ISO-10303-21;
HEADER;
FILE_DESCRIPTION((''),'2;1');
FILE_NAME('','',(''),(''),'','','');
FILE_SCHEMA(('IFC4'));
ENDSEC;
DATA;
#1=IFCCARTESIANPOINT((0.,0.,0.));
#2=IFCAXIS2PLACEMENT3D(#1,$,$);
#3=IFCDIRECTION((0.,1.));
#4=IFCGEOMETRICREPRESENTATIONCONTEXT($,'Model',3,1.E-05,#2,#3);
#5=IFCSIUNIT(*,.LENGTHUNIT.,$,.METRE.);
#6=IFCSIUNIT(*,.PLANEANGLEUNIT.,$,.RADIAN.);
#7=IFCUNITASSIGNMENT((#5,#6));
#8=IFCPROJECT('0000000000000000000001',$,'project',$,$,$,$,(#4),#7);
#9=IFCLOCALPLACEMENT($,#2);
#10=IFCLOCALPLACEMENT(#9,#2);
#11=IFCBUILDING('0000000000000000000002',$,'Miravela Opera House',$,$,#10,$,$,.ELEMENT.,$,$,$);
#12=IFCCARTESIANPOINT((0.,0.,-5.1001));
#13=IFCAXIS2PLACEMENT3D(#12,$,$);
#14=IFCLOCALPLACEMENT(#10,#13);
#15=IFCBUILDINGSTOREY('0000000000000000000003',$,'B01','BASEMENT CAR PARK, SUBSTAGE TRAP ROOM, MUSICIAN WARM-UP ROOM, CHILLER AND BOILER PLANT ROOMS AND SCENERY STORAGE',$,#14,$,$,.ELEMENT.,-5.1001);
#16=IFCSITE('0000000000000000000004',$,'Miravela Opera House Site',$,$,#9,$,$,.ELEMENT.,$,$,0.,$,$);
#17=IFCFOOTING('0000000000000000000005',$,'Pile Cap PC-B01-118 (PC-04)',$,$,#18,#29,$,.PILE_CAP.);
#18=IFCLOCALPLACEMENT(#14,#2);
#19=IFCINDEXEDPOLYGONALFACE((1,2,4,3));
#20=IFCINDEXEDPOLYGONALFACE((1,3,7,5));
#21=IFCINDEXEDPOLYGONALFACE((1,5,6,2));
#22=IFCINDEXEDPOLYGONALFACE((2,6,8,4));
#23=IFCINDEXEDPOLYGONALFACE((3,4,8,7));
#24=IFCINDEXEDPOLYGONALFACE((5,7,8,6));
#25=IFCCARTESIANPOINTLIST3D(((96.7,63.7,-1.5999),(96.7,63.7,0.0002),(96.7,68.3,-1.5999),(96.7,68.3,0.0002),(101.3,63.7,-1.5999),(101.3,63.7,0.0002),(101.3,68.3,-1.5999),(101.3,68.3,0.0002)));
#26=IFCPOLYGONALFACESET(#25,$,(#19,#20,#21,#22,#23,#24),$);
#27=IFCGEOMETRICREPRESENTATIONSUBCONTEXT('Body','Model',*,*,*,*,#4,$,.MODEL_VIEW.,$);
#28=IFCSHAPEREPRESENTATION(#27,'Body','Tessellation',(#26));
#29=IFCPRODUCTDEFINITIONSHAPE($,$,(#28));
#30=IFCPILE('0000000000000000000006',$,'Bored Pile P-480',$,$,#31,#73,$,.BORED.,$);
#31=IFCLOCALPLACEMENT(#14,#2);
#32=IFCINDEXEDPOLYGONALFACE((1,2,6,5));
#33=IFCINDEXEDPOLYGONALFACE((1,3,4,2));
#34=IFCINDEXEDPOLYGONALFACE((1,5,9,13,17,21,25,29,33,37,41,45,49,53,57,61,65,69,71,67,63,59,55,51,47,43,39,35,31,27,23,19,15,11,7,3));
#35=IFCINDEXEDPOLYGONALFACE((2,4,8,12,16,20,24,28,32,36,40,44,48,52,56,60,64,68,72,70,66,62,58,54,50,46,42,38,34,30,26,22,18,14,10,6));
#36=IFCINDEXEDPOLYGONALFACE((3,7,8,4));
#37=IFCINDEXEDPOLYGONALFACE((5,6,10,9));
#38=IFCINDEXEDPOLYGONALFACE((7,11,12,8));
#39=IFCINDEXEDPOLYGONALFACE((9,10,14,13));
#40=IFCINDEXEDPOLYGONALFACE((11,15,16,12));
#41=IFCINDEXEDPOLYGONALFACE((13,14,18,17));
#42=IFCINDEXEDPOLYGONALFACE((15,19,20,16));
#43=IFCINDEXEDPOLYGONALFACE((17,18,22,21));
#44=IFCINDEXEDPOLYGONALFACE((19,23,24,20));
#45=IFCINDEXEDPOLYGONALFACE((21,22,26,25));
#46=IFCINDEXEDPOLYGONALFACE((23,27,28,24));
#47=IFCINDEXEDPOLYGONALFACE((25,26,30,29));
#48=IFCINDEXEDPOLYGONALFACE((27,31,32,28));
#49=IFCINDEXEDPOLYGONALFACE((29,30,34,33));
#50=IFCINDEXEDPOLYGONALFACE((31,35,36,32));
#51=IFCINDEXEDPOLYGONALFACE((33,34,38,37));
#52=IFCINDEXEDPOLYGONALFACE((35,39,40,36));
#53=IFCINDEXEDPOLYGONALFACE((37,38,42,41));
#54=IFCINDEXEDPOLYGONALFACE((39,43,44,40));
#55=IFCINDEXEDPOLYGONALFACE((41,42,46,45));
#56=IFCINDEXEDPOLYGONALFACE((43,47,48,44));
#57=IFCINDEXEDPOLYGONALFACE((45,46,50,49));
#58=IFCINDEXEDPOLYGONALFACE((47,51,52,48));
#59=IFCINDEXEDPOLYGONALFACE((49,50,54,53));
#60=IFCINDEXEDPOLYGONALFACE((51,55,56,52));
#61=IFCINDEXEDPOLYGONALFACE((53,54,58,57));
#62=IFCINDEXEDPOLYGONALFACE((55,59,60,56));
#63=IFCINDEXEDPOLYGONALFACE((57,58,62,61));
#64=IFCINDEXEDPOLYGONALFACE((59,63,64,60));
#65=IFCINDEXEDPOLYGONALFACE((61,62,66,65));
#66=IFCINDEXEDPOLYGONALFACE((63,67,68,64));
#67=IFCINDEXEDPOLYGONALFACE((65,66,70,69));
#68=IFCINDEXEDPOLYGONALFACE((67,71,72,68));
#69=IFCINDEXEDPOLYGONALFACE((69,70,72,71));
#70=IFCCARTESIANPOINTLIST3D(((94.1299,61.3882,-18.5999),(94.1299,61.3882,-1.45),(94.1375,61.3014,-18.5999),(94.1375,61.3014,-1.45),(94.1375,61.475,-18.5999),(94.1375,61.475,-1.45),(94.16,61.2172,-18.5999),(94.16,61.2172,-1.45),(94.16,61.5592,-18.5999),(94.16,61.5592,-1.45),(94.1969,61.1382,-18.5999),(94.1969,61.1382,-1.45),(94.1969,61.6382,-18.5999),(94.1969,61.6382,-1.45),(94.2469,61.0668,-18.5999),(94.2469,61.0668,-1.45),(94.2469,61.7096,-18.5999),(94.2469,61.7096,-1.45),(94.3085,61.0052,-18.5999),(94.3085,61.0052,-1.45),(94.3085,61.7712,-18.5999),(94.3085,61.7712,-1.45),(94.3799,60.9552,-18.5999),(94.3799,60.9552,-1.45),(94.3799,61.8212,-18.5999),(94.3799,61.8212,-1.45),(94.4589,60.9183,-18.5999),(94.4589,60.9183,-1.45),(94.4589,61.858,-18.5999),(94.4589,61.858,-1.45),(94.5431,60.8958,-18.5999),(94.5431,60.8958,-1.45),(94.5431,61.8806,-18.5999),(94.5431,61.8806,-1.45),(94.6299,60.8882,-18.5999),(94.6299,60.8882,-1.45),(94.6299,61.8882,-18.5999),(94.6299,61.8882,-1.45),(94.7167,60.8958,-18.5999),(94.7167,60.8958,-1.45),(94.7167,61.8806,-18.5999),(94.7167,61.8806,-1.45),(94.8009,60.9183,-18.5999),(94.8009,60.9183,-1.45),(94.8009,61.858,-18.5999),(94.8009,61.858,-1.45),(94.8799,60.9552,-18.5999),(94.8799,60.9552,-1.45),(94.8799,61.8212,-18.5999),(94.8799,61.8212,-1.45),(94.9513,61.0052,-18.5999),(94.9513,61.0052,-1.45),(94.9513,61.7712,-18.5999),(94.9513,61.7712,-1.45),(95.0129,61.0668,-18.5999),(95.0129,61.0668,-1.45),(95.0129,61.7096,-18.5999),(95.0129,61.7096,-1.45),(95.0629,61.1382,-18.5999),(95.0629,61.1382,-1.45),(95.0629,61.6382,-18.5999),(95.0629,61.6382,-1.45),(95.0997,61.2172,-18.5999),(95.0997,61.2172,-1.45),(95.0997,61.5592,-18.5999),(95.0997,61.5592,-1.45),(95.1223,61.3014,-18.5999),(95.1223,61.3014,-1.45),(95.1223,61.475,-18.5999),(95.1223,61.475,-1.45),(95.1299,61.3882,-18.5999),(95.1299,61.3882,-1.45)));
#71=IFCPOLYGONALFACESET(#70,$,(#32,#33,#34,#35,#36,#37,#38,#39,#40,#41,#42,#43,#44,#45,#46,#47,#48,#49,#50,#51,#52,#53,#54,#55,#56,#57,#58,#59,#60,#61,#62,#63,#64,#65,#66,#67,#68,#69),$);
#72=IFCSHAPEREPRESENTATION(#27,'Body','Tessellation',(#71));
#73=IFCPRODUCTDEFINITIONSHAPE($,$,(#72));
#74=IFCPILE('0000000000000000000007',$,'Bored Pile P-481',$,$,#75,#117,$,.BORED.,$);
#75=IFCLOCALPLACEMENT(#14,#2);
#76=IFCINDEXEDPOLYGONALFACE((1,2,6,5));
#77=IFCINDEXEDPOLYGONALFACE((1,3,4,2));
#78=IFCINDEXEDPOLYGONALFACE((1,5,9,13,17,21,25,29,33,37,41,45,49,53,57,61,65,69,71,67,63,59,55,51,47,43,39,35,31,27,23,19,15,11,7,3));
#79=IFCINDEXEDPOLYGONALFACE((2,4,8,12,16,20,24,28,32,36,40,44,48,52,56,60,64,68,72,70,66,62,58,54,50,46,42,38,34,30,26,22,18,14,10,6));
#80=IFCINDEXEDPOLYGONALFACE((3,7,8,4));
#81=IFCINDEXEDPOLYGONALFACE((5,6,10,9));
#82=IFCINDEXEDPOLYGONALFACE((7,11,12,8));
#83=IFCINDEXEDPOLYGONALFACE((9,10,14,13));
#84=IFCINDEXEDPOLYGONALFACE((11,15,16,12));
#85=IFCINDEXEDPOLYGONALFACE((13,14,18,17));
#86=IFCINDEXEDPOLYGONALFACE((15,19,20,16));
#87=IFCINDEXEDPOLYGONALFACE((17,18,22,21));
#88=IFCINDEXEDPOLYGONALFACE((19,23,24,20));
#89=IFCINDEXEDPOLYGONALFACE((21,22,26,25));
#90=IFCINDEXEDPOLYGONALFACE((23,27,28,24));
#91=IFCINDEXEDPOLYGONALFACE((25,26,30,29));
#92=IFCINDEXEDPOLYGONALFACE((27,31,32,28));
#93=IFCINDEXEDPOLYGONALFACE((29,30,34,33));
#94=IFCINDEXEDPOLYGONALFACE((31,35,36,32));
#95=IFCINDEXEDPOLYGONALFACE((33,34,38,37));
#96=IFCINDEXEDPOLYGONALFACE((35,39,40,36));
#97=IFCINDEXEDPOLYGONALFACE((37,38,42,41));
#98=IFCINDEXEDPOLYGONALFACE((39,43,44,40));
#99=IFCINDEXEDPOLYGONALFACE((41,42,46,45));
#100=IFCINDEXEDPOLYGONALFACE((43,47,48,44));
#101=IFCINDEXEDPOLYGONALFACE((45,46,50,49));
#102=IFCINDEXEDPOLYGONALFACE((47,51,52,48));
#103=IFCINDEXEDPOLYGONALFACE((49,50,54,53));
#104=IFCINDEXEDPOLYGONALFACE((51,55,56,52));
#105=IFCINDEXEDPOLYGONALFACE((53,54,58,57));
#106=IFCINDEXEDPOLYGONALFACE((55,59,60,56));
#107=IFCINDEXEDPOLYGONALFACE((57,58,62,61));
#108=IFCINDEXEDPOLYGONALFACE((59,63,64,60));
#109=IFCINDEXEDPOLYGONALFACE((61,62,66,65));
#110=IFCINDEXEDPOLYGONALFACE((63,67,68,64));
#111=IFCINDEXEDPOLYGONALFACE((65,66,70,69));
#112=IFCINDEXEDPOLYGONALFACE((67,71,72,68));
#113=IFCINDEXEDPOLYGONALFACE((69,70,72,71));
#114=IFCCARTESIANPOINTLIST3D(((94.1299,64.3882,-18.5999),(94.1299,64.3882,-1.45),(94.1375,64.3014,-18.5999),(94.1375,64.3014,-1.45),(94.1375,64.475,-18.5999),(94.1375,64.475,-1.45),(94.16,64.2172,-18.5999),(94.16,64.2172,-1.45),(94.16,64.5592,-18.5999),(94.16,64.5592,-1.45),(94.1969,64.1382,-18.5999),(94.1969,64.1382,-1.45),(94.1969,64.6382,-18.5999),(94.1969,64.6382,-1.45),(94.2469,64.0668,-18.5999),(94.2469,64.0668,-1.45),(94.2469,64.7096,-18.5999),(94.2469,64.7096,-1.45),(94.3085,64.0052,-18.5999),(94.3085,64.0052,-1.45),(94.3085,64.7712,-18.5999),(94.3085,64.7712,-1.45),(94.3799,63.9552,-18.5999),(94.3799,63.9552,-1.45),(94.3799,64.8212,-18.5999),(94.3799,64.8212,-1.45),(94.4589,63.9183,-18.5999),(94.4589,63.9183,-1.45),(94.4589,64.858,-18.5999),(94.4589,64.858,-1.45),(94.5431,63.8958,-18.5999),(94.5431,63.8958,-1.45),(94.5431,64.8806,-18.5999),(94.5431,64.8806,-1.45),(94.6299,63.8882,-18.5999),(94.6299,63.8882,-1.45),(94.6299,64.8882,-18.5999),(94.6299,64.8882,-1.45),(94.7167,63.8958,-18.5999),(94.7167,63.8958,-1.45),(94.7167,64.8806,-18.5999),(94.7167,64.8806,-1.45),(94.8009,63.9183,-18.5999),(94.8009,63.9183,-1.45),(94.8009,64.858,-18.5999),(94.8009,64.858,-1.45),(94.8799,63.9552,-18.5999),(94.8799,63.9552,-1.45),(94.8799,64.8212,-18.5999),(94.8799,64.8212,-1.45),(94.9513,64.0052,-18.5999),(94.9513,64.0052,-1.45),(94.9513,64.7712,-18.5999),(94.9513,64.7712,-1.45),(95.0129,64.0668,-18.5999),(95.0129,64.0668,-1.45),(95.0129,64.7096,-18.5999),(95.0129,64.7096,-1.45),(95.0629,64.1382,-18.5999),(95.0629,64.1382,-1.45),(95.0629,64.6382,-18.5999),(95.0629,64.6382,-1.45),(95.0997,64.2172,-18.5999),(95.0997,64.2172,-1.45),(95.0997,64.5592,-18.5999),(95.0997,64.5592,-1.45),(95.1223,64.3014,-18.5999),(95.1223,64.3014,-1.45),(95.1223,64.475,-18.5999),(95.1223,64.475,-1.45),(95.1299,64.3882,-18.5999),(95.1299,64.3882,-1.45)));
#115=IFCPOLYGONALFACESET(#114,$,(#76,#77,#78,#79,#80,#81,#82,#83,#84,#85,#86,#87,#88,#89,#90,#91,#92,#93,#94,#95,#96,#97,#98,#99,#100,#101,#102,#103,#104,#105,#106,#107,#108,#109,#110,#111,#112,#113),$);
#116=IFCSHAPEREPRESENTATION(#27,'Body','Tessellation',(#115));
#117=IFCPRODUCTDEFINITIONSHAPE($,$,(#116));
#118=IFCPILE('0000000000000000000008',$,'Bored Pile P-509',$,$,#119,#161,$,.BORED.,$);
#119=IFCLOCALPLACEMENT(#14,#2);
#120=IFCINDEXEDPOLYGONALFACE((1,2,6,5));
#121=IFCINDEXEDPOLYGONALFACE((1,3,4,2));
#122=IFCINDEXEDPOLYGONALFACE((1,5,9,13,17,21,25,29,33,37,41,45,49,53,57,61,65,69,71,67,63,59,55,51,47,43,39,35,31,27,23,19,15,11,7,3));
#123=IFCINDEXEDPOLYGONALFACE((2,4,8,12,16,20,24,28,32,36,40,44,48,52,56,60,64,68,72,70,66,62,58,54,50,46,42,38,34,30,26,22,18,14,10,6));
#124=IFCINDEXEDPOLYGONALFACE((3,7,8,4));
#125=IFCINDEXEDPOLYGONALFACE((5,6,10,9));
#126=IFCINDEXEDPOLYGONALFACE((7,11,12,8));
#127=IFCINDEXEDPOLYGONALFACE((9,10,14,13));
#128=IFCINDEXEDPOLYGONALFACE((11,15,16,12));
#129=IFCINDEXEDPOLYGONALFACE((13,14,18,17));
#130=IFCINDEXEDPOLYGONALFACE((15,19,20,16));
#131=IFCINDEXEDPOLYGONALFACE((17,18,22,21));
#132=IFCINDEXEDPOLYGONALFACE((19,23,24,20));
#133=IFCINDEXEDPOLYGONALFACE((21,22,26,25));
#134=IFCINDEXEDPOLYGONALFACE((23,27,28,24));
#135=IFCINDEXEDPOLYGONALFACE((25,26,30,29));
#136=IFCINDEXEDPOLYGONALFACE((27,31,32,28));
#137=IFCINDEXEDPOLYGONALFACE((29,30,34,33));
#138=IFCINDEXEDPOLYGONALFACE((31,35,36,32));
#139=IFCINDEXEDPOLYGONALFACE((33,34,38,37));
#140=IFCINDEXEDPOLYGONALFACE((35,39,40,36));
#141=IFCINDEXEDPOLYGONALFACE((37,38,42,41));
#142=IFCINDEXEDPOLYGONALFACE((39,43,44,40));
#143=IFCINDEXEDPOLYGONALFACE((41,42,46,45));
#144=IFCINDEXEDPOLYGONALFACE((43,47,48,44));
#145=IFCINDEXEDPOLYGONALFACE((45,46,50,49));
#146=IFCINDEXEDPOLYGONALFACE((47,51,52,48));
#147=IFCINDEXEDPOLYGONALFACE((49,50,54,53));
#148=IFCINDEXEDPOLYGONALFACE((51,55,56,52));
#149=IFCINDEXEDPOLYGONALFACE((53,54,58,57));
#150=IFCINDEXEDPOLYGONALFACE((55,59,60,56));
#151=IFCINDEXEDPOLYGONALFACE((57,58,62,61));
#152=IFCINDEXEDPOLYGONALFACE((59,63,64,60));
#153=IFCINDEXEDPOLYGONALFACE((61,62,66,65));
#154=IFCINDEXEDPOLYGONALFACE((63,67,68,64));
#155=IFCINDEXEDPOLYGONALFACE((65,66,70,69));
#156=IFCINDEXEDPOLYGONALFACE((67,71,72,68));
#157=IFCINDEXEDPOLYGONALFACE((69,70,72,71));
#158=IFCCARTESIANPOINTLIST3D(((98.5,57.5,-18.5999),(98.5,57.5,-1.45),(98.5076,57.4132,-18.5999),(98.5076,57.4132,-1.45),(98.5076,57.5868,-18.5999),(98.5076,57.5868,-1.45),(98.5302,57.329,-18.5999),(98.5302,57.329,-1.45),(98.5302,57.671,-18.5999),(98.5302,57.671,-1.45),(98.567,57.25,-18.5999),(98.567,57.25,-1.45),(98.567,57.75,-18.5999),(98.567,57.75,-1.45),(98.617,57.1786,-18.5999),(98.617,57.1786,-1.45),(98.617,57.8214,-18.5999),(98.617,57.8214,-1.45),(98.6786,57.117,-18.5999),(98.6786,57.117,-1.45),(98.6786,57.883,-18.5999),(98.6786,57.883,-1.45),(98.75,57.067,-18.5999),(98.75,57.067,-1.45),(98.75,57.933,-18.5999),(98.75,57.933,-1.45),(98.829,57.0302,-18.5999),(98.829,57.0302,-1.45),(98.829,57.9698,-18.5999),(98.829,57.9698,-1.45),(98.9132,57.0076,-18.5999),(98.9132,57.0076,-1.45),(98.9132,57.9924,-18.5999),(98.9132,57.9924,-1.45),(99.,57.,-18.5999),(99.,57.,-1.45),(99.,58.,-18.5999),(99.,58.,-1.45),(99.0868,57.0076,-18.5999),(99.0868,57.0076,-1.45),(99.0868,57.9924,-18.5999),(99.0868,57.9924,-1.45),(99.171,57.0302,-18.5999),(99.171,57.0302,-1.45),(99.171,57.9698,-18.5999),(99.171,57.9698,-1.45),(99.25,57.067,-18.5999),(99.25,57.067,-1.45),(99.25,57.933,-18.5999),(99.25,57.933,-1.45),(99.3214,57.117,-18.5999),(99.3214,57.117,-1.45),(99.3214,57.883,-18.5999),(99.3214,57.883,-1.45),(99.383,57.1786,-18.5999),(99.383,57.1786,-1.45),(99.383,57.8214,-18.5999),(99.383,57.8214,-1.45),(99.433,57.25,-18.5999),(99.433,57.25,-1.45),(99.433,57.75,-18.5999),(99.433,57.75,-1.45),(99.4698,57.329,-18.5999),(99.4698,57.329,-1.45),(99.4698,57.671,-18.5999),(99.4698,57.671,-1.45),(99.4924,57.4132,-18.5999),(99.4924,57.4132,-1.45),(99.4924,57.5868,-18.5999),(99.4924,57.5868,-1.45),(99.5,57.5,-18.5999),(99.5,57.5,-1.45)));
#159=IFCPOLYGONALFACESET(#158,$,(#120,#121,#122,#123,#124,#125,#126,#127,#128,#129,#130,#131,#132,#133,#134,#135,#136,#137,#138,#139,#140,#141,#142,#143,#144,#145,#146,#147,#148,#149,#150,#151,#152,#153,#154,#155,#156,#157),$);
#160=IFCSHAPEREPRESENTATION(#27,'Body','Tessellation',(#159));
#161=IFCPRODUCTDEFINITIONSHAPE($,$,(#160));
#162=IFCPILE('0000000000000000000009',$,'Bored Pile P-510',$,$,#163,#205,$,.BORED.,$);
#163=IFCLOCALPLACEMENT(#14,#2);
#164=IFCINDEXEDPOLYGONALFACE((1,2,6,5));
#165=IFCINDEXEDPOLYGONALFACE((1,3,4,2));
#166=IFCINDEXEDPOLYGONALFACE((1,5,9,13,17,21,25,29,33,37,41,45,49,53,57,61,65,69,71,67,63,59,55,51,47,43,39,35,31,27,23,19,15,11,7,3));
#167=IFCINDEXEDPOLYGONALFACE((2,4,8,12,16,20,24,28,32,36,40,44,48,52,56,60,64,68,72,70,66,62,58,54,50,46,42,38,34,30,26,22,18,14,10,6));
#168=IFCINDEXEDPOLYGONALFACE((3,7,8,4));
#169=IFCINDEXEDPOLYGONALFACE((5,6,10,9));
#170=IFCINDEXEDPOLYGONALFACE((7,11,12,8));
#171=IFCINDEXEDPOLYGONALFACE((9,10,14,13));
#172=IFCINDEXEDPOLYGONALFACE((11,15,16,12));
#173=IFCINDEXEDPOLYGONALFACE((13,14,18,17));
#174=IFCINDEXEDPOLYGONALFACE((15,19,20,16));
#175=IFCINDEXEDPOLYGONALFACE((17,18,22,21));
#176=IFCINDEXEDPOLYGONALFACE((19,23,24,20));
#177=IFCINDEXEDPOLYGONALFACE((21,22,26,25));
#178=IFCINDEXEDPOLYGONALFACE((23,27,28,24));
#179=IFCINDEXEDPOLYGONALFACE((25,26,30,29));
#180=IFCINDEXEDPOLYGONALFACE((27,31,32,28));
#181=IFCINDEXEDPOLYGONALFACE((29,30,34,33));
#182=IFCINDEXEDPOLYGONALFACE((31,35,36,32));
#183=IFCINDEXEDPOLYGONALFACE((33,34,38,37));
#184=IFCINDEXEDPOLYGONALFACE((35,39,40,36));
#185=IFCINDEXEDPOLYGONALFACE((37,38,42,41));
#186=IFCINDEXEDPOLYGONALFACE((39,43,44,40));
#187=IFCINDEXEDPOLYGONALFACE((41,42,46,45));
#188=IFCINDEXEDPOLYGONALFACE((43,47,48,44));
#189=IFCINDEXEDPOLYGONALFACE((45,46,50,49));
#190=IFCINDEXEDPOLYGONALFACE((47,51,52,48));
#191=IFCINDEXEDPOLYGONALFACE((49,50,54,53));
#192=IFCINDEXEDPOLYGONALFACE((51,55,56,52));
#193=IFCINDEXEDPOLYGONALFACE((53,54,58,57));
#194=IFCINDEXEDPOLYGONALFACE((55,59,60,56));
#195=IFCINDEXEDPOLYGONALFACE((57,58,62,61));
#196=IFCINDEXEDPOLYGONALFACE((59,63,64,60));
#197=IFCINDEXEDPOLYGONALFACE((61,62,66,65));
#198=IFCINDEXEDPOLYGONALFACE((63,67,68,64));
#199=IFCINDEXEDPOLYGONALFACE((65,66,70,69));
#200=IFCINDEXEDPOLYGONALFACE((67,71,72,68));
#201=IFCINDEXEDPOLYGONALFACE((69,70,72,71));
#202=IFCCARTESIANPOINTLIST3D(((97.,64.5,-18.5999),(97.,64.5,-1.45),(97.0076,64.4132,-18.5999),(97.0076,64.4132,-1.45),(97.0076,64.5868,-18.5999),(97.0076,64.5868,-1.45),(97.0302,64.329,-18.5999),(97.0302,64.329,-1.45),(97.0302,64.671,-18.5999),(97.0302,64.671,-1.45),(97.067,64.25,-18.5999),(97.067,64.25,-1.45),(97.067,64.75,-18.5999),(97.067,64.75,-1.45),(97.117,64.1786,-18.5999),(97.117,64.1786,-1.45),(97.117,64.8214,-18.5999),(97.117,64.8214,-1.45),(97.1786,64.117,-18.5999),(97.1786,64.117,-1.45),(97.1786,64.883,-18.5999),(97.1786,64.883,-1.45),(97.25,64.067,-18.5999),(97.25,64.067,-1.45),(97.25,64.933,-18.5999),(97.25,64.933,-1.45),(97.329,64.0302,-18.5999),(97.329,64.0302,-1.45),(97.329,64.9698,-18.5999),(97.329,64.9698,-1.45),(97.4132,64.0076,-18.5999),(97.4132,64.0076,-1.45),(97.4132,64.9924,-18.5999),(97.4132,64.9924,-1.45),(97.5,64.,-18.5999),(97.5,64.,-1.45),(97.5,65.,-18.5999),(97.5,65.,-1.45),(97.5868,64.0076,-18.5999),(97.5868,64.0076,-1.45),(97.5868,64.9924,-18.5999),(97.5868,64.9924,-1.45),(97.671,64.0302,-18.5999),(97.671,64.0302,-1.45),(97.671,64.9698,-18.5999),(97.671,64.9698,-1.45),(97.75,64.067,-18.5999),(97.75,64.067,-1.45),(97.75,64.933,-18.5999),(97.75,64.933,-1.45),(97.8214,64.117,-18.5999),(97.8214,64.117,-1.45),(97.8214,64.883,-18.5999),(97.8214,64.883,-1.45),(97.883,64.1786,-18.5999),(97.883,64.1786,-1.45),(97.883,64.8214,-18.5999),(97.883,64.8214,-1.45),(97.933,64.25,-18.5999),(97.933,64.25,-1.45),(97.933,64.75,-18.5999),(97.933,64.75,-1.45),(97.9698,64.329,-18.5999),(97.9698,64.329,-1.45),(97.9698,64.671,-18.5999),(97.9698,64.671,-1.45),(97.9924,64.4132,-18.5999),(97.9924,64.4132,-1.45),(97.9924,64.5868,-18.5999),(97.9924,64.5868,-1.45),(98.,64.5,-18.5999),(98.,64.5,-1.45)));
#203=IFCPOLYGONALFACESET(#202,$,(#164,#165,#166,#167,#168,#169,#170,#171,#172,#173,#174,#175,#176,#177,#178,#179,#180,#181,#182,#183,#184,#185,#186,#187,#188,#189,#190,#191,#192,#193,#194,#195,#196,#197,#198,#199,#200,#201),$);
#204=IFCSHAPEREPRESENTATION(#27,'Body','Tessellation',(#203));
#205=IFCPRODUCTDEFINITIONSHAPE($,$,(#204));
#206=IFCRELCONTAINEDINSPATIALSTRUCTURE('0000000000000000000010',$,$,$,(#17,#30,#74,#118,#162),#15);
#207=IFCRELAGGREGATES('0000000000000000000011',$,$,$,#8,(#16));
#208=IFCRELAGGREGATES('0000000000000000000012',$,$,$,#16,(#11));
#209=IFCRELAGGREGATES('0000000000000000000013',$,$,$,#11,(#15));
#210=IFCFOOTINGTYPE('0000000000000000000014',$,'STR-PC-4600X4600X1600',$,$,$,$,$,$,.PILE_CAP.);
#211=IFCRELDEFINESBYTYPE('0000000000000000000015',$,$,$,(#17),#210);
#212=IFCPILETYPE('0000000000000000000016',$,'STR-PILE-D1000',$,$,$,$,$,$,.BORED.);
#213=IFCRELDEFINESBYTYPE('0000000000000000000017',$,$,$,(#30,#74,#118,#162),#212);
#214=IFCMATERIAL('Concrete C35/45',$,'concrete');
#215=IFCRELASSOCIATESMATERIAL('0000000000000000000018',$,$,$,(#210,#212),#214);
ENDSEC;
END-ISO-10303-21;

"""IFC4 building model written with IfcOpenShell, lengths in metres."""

from ifc_helpers import new_model, si_unit, direction, frame, origin, origin_2d, place, context, subcontext, project, spatial, rectangle, circle, extrude, material, material_profile, profile_set, type_object, element, save


model = new_model("IFC4")

# Units and contexts
model_context = context("Model", 3, precision=1e-05, world=origin(), true_north=direction((0.0, 1.0)))
body_context = subcontext(model_context, "Body", "Model", "MODEL_VIEW")
ifc_project = project(units=[si_unit("LENGTHUNIT", "METRE"), si_unit("PLANEANGLEUNIT", "RADIAN")], contexts=[model_context])

# Site, building, storey
site_placement = place(None, origin())
site = spatial("IfcSite", under=ifc_project, at=site_placement, Name="Miravela Opera House Site", CompositionType="ELEMENT", RefElevation=0.0)
building_placement = place(site_placement, origin())
building = spatial("IfcBuilding", under=site, at=building_placement, Name="Miravela Opera House", CompositionType="ELEMENT")
storey_placement = place(building_placement, frame((0.0, 0.0, -5.1001)))
storey = spatial("IfcBuildingStorey", under=building, at=storey_placement, Name="B01", Description="BASEMENT CAR PARK, SUBSTAGE TRAP ROOM, MUSICIAN WARM-UP ROOM, CHILLER AND BOILER PLANT ROOMS AND SCENERY STORAGE", CompositionType="ELEMENT", Elevation=-5.1001)

# Footing
ifc_material_1 = material(Name="Concrete C35/45", Category="concrete")
footing_type = type_object("IfcFootingType", Name="STR-PC-4600X4600X1600", PredefinedType="PILE_CAP", material=ifc_material_1)
footing_placement = place(storey_placement, frame((99.0, 66.0, -1.5999), z_axis=(0.0, 0.0, 1.0), x_axis=(1.0, 0.0, 0.0)))
element("IfcFooting", 1, at=footing_placement, inside=storey, type_object=footing_type, Name="Pile Cap PC-B01-118 (PC-04)", PredefinedType="PILE_CAP", context=body_context, shape_type="SweptSolid", body=[
    extrude(rectangle(XDim=4.6001, YDim=4.6001, at=origin_2d()), origin(), (0.0, 0.0, 1.0), 1.6001),
])

# Piles
ifc_material_profile_1 = material_profile(ifc_material_1, circle(Radius=0.5, at=origin_2d()), Name="PILE-D1000")
ifc_profile_set_1 = profile_set([ifc_material_profile_1])
pile_type_1 = type_object("IfcPileType", Name="STR-PILE-D1000", PredefinedType="BORED", material=ifc_profile_set_1)
for number, where, z_axis, x_axis, name in (
    (2, (94.6299, 61.3882, -1.45), (0.0, 0.0, -1.0), (1.0, 0.0, 0.0), "Bored Pile P-480"),
    (3, (94.6299, 64.3882, -1.45), (0.0, 0.0, -1.0), (1.0, 0.0, 0.0), "Bored Pile P-481"),
    (4, (99.0, 57.5, -1.45), (0.0, 0.0, -1.0), (1.0, 0.0, 0.0), "Bored Pile P-509"),
    (5, (97.5, 64.5, -1.45), (0.0, 0.0, -1.0), (1.0, 0.0, 0.0), "Bored Pile P-510"),
):
    element("IfcPile", number, at=place(storey_placement, frame(where, z_axis=z_axis, x_axis=x_axis)), inside=storey, type_object=pile_type_1, Name=name, PredefinedType="BORED", context=body_context, shape_type="SweptSolid", body=[
        extrude(circle(Radius=0.5, at=origin_2d()), origin(), (0.0, 0.0, 1.0), 17.1499),
    ])

save(model, "model.ifc")
